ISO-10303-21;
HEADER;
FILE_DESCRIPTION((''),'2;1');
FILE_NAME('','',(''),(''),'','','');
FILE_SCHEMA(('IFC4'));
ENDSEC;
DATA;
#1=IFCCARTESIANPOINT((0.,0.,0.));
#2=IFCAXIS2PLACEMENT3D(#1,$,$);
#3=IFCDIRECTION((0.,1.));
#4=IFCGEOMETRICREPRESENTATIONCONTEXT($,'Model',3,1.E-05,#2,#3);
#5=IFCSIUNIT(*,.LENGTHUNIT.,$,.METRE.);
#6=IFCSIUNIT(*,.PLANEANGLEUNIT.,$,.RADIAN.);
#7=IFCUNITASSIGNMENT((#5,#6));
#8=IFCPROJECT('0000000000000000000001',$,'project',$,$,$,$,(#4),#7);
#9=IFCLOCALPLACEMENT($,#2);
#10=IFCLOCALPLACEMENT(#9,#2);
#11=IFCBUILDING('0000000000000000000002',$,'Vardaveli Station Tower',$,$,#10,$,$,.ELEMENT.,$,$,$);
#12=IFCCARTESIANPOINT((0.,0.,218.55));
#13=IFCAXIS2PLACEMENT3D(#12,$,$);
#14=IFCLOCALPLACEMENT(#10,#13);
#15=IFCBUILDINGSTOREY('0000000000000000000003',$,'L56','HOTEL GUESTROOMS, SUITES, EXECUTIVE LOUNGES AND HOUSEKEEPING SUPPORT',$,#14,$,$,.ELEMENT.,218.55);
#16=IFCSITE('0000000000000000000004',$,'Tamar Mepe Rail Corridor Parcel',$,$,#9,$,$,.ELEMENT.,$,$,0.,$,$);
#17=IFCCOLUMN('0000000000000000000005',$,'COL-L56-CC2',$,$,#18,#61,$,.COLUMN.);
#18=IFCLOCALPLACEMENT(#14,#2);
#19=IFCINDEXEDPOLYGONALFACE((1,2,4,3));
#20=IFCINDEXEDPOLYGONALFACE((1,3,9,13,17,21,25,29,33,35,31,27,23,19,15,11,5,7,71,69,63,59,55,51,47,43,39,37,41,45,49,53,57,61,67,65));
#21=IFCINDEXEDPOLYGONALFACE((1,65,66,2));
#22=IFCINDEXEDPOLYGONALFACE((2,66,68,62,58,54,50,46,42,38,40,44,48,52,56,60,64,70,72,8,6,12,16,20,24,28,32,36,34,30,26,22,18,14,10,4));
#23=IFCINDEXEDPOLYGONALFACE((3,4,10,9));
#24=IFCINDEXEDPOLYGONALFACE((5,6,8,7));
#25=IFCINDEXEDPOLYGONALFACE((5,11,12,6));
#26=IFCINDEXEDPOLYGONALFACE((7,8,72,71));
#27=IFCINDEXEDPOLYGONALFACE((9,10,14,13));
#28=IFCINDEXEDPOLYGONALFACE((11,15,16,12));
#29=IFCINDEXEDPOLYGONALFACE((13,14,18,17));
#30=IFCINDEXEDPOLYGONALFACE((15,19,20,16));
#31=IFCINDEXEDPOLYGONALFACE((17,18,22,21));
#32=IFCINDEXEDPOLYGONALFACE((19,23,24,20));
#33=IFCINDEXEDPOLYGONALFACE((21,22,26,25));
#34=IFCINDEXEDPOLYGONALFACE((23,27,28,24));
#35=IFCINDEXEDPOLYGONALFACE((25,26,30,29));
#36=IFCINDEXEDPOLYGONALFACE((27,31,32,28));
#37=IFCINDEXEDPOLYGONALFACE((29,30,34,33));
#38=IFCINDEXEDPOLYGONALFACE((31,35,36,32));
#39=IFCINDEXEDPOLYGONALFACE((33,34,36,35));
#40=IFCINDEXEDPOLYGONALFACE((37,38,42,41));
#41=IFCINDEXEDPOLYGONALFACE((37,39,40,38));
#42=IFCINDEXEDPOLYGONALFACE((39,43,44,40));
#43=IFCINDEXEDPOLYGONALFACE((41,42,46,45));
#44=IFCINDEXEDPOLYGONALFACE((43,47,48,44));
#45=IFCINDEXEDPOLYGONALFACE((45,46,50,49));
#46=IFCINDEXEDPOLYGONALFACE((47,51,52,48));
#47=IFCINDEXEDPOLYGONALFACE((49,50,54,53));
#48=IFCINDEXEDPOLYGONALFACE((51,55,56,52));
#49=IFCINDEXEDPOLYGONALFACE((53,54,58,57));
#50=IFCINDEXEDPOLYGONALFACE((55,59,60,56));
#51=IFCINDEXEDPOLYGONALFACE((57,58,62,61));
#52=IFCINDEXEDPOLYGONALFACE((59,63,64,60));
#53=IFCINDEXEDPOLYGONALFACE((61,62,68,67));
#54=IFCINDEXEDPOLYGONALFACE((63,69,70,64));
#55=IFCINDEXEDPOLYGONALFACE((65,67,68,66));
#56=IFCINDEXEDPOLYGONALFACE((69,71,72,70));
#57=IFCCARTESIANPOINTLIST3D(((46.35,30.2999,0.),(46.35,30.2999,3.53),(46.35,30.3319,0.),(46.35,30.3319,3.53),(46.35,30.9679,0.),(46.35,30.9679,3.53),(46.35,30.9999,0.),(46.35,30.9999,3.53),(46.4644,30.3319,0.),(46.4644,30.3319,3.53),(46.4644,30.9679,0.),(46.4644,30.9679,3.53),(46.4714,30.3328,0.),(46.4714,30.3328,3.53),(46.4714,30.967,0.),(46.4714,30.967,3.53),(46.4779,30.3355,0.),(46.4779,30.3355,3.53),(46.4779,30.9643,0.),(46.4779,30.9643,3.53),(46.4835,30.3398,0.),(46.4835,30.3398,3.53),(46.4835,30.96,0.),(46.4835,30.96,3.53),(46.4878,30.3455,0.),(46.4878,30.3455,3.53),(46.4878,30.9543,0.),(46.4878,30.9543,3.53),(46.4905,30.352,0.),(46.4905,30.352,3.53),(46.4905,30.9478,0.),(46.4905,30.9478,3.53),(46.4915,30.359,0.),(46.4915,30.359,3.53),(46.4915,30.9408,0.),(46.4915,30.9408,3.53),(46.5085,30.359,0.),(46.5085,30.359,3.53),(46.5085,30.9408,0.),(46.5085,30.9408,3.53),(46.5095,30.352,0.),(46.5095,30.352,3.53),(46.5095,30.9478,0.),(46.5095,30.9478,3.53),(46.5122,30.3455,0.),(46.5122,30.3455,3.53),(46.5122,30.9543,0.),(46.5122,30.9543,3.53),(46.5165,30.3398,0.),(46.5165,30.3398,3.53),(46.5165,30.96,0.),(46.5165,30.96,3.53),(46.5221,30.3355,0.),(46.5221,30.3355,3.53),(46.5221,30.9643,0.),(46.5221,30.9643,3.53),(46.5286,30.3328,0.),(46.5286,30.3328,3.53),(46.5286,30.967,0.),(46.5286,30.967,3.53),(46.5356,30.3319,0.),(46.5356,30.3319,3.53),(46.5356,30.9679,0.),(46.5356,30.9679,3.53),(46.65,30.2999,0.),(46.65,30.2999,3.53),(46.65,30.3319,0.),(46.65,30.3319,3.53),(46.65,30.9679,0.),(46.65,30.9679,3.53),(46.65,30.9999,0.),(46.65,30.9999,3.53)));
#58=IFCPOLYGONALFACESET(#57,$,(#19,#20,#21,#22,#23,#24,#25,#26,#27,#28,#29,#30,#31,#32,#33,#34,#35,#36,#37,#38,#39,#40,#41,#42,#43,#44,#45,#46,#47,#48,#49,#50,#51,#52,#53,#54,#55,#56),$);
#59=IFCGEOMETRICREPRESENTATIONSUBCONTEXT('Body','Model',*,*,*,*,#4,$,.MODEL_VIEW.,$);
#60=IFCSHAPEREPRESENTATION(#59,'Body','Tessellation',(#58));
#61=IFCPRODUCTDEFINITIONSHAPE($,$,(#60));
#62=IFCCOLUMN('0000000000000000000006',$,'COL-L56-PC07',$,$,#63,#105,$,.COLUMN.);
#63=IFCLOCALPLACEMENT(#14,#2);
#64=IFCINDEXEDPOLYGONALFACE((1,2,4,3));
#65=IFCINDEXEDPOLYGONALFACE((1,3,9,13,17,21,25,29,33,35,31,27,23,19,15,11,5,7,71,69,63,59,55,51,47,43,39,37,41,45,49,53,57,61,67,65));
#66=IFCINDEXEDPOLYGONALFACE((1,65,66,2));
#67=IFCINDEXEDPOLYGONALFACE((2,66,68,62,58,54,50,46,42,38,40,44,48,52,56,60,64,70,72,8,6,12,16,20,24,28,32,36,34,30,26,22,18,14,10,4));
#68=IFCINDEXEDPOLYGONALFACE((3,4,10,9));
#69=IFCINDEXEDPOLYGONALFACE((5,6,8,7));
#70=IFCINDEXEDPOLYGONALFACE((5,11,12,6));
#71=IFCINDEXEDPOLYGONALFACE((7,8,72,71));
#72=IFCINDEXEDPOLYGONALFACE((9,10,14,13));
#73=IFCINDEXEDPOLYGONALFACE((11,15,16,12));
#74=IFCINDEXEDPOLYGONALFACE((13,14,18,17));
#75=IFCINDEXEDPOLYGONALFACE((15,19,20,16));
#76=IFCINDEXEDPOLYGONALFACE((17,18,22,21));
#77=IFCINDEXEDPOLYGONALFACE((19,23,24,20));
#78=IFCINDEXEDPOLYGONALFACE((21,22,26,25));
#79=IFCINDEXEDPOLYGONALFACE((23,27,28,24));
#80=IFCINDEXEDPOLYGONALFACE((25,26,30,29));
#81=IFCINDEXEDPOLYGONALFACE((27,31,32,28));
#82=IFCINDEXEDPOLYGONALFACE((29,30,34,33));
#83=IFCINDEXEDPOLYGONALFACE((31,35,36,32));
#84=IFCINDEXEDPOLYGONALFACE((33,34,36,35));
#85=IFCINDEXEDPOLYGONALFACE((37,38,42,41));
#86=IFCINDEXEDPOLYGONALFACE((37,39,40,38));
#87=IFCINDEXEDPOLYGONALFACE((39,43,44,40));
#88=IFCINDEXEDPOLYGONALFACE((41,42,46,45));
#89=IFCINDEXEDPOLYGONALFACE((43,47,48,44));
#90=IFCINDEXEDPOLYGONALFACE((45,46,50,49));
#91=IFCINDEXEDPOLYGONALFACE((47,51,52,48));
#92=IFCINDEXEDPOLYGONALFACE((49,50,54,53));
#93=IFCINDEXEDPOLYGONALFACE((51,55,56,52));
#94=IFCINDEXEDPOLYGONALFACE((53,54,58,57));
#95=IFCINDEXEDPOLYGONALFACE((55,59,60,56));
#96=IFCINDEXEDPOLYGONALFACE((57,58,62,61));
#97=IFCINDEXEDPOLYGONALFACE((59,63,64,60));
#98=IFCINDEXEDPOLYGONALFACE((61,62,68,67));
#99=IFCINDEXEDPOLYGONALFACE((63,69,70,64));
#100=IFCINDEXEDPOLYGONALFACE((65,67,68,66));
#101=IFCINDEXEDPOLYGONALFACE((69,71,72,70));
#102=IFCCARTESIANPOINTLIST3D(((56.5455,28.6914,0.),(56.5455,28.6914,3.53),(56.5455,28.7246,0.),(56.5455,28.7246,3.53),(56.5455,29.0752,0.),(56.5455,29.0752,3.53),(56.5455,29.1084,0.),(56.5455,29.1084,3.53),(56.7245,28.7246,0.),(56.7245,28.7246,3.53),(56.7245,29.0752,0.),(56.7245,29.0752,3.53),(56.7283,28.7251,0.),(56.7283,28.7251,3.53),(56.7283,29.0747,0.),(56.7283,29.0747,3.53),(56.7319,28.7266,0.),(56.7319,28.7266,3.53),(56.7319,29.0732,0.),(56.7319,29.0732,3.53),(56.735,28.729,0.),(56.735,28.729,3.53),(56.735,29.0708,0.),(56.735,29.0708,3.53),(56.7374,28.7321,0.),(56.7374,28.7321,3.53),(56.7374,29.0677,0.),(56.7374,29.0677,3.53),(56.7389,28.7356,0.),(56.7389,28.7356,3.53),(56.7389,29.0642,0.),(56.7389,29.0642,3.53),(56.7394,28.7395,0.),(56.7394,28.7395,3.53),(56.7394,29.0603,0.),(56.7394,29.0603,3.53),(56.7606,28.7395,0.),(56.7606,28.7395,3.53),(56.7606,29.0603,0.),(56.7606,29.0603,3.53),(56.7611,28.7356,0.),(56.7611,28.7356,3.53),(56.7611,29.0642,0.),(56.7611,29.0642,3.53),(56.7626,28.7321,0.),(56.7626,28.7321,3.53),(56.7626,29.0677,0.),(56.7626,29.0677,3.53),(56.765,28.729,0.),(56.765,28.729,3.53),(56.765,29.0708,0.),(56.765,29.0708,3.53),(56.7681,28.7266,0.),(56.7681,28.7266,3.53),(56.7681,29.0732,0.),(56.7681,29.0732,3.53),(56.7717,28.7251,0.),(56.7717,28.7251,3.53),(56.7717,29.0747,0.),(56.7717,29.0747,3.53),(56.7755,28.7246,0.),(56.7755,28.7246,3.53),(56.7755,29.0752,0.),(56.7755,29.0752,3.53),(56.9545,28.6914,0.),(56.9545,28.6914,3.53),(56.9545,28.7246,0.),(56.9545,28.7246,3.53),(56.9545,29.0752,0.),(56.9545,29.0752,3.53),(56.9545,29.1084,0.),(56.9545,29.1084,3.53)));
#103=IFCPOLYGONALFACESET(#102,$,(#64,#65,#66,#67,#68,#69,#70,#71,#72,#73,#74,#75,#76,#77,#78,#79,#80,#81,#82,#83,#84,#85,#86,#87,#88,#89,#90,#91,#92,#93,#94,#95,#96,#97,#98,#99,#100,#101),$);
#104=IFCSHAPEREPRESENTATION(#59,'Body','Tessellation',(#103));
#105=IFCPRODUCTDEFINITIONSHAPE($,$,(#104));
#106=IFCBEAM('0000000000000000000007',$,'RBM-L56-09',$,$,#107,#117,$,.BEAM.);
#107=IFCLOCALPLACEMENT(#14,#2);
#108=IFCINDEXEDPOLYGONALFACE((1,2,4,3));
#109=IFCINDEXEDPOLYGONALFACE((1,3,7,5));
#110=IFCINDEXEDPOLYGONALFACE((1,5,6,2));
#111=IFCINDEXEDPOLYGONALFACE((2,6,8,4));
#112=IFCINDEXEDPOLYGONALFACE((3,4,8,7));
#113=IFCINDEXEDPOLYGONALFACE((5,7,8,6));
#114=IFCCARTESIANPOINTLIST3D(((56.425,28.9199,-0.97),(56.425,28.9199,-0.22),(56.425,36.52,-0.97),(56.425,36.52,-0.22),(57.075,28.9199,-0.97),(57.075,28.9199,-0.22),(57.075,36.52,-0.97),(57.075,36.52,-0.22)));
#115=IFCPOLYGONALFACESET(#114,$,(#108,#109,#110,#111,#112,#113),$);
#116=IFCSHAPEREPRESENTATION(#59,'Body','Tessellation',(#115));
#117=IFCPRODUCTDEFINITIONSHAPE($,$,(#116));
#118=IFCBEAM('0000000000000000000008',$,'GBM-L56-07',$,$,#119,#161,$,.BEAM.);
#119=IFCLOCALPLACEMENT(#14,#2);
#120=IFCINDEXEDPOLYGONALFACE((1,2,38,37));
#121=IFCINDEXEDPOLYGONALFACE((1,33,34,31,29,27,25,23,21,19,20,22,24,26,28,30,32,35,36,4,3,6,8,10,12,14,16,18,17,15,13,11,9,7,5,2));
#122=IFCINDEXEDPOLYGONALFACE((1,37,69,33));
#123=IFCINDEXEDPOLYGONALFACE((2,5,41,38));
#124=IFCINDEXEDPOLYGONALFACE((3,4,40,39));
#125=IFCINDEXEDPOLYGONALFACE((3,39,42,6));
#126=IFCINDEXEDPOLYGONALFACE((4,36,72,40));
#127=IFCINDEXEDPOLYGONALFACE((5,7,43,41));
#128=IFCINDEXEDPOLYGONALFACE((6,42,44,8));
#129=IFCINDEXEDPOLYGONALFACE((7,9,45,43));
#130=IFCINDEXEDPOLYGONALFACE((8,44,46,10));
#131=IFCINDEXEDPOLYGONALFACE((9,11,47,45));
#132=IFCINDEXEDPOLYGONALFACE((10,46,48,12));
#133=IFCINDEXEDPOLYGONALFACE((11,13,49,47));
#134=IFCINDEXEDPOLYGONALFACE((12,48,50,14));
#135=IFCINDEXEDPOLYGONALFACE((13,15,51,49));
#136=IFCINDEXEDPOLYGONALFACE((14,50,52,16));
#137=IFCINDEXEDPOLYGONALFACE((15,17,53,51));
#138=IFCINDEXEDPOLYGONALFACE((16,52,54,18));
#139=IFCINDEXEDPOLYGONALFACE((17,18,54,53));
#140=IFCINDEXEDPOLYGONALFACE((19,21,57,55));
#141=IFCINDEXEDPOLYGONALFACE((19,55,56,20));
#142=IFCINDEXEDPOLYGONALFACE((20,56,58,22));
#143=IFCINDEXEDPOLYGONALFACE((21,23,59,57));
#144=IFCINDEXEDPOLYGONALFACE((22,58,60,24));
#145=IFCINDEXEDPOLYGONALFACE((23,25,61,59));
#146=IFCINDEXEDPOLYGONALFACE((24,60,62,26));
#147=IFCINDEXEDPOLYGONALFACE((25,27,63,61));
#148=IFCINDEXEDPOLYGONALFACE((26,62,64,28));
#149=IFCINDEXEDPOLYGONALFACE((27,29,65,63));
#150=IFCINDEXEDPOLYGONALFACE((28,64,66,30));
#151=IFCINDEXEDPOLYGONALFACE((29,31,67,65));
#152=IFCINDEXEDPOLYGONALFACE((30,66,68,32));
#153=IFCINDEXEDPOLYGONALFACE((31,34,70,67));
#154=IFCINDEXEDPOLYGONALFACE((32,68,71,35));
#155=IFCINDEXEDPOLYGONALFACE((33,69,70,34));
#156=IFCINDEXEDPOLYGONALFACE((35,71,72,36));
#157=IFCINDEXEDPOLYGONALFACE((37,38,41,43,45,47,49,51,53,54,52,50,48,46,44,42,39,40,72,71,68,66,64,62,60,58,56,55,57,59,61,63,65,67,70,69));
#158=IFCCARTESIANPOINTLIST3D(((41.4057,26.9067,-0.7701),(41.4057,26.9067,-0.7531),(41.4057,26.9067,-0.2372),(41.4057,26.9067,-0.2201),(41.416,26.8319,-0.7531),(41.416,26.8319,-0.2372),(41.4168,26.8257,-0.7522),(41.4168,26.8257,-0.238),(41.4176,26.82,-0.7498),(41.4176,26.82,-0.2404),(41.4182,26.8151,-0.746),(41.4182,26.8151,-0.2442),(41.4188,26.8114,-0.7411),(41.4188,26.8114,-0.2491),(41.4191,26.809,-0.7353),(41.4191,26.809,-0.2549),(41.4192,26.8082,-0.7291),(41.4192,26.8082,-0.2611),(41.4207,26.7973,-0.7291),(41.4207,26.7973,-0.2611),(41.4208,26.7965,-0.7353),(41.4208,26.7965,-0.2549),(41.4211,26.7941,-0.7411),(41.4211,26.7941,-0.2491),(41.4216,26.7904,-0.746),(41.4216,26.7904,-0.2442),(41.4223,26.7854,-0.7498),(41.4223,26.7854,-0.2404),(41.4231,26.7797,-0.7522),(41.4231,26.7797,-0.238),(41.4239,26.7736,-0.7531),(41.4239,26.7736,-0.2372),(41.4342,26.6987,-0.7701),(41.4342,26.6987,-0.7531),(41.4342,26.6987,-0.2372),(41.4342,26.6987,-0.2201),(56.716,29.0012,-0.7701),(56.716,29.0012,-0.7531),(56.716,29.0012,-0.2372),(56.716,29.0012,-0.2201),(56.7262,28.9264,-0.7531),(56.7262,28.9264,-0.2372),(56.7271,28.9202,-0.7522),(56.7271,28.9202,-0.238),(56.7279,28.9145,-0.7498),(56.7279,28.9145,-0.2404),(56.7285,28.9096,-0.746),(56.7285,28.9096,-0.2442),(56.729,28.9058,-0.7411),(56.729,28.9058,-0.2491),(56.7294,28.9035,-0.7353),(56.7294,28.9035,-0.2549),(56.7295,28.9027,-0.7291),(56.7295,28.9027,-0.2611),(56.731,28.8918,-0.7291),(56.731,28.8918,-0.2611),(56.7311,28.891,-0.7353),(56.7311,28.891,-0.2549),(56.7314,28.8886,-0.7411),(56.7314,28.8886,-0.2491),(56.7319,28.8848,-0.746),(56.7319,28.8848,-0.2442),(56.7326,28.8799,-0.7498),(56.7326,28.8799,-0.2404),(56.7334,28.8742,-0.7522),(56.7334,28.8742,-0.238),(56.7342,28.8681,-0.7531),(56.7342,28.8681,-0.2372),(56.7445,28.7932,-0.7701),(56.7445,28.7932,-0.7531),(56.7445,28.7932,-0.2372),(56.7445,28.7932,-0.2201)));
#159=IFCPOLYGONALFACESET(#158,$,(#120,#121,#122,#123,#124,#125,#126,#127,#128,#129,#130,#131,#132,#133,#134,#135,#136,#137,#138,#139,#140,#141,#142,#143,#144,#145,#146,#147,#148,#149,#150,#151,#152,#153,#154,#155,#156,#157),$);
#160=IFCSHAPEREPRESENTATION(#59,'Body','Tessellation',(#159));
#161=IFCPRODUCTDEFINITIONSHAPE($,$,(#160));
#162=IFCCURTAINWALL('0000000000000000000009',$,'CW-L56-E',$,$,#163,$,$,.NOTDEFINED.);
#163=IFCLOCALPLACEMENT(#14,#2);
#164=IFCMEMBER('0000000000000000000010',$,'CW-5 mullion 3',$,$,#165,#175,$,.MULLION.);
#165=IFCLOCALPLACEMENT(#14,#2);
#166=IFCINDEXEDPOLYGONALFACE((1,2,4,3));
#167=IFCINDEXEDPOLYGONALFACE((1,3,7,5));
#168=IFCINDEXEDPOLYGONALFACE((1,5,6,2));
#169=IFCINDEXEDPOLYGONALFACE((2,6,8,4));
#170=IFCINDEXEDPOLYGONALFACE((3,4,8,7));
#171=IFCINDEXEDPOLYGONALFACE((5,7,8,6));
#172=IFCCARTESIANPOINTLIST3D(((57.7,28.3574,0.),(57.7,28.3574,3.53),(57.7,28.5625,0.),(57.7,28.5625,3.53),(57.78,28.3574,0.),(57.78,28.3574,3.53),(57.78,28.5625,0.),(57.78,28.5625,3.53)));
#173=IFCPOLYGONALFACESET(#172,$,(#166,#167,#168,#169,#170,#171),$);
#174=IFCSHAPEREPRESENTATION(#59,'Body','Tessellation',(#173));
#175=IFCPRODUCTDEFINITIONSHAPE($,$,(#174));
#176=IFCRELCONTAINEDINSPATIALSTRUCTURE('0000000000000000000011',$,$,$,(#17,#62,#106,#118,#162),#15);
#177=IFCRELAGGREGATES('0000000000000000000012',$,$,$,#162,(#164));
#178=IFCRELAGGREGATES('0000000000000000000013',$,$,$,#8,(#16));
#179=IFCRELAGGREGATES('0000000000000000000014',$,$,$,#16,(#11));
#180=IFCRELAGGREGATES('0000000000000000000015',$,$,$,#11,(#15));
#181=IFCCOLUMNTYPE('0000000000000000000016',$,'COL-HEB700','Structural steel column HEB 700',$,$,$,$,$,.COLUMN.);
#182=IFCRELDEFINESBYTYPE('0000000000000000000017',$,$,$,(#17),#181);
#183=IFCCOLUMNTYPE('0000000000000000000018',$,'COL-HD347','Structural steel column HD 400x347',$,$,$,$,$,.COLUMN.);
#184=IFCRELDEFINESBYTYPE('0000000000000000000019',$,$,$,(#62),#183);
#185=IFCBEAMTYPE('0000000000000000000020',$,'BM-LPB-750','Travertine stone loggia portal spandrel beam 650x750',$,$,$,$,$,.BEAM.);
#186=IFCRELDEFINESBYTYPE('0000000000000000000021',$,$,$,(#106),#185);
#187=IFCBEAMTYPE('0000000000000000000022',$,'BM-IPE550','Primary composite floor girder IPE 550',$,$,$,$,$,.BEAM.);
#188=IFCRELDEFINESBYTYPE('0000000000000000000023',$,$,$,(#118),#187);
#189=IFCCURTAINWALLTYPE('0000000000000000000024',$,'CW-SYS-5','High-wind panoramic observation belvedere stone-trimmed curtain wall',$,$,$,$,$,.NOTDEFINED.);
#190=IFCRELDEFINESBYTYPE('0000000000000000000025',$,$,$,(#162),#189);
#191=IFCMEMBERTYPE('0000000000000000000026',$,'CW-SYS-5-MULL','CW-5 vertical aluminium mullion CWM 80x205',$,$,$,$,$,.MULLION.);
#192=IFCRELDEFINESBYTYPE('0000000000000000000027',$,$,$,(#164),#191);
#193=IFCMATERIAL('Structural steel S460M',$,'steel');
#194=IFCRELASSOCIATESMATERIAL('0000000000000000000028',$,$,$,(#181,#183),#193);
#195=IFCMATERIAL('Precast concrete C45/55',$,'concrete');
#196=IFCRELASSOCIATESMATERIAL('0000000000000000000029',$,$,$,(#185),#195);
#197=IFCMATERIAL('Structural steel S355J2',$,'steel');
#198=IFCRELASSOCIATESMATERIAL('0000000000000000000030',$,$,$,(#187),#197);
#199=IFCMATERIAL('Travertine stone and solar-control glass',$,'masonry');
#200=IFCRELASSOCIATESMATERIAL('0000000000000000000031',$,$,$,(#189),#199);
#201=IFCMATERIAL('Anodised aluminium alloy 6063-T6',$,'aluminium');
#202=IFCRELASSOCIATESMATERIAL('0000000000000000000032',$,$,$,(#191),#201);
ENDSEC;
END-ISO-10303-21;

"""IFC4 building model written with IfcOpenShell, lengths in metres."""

from ifc_helpers import new_model, si_unit, direction, frame, origin, origin_2d, place, context, subcontext, project, spatial, rectangle, i_section, extrude, source, transform, mapped, material, material_profile, profile_set, type_object, element, aggregate, save


model = new_model("IFC4")

# Units and contexts
model_context = context("Model", 3, precision=1e-05, world=origin(), true_north=direction((0.0, 1.0)))
body_context = subcontext(model_context, "Body", "Model", "MODEL_VIEW")
ifc_project = project(units=[si_unit("LENGTHUNIT", "METRE"), si_unit("PLANEANGLEUNIT", "RADIAN")], contexts=[model_context])

# Site, building, storey
site_placement = place(None, origin())
site = spatial("IfcSite", under=ifc_project, at=site_placement, Name="Tamar Mepe Rail Corridor Parcel", CompositionType="ELEMENT", RefElevation=0.0)
building_placement = place(site_placement, origin())
building = spatial("IfcBuilding", under=site, at=building_placement, Name="Vardaveli Station Tower", CompositionType="ELEMENT")
storey_placement = place(building_placement, frame((0.0, 0.0, 218.55)))
storey = spatial("IfcBuildingStorey", under=building, at=storey_placement, Name="L56", Description="HOTEL GUESTROOMS, SUITES, EXECUTIVE LOUNGES AND HOUSEKEEPING SUPPORT", CompositionType="ELEMENT", Elevation=218.55)

# Columns
ifc_material_1 = material(Name="Structural steel S460M", Category="steel")
ifc_material_profile_1 = material_profile(ifc_material_1, i_section(OverallWidth=0.3, OverallDepth=0.7, WebThickness=0.0171, FlangeThickness=0.032, FilletRadius=0.0271, at=origin_2d()), Name="HEB 700")
ifc_profile_set_1 = profile_set([ifc_material_profile_1], Name="Structural steel S460M")
column_type_1 = type_object("IfcColumnType", Name="COL-HEB700", Description="Structural steel column HEB 700", PredefinedType="COLUMN", material=ifc_profile_set_1)
shared_shape_1 = source(origin(), body_context, "Body", "SweptSolid", [
    extrude(i_section(OverallWidth=0.3, OverallDepth=0.7, WebThickness=0.0171, FlangeThickness=0.032, FilletRadius=0.0271, at=origin_2d()), origin(), (0.0, 0.0, 1.0), 3.53),
])
column_1_placement = place(storey_placement, frame((46.5, 30.6499, 0.0), z_axis=(0.0, 0.0, 1.0), x_axis=(1.0, 0.0, 0.0)))
element("IfcColumn", 1, at=column_1_placement, inside=storey, type_object=column_type_1, Name="COL-L56-CC2", PredefinedType="COLUMN", context=body_context, shape_type="MappedRepresentation", body=[
    mapped(shared_shape_1, transform((0.0, 0.0, 0.0), scale=1.0)),
])
ifc_material_profile_2 = material_profile(ifc_material_1, i_section(OverallWidth=0.4089, OverallDepth=0.417, WebThickness=0.0212, FlangeThickness=0.0332, FilletRadius=0.0149, at=origin_2d()), Name="HD 400x347")
ifc_profile_set_2 = profile_set([ifc_material_profile_2], Name="Structural steel S460M")
column_type_2 = type_object("IfcColumnType", Name="COL-HD347", Description="Structural steel column HD 400x347", PredefinedType="COLUMN", material=ifc_profile_set_2)
shared_shape_2 = source(origin(), body_context, "Body", "SweptSolid", [
    extrude(i_section(OverallWidth=0.4089, OverallDepth=0.417, WebThickness=0.0212, FlangeThickness=0.0332, FilletRadius=0.0149, at=origin_2d()), origin(), (0.0, 0.0, 1.0), 3.53),
])
column_2_placement = place(storey_placement, frame((56.75, 28.8999, 0.0), z_axis=(0.0, 0.0, 1.0), x_axis=(1.0, 0.0, 0.0)))
element("IfcColumn", 2, at=column_2_placement, inside=storey, type_object=column_type_2, Name="COL-L56-PC07", PredefinedType="COLUMN", context=body_context, shape_type="MappedRepresentation", body=[
    mapped(shared_shape_2, transform((0.0, 0.0, 0.0), scale=1.0)),
])

# Beams
ifc_material_2 = material(Name="Precast concrete C45/55", Category="concrete")
ifc_material_profile_3 = material_profile(ifc_material_2, rectangle(XDim=0.6499, YDim=0.75, at=origin_2d()), Name="LPB 650x750")
ifc_profile_set_3 = profile_set([ifc_material_profile_3], Name="Precast concrete C45/55")
beam_type_1 = type_object("IfcBeamType", Name="BM-LPB-750", Description="Travertine stone loggia portal spandrel beam 650x750", PredefinedType="BEAM", material=ifc_profile_set_3)
shared_shape_3 = source(origin(), body_context, "Body", "SweptSolid", [
    extrude(rectangle(XDim=0.6499, YDim=0.75, at=origin_2d()), origin(), (0.0, 0.0, 1.0), 7.6001),
])
beam_1_placement = place(storey_placement, frame((56.75, 28.9199, -0.595), z_axis=(0.0, 1.0, 0.0), x_axis=(-1.0, 0.0, 0.0)))
element("IfcBeam", 3, at=beam_1_placement, inside=storey, type_object=beam_type_1, Name="RBM-L56-09", PredefinedType="BEAM", context=body_context, shape_type="MappedRepresentation", body=[
    mapped(shared_shape_3, transform((0.0, 0.0, 0.0), scale=1.0)),
])
ifc_material_3 = material(Name="Structural steel S355J2", Category="steel")
ifc_material_profile_4 = material_profile(ifc_material_3, i_section(OverallWidth=0.21, OverallDepth=0.55, WebThickness=0.011, FlangeThickness=0.0171, FilletRadius=0.0239, at=origin_2d()), Name="IPE 550")
ifc_profile_set_4 = profile_set([ifc_material_profile_4], Name="Structural steel S355J2")
beam_type_2 = type_object("IfcBeamType", Name="BM-IPE550", Description="Primary composite floor girder IPE 550", PredefinedType="BEAM", material=ifc_profile_set_4)
shared_shape_4 = source(origin(), body_context, "Body", "SweptSolid", [
    extrude(i_section(OverallWidth=0.21, OverallDepth=0.55, WebThickness=0.011, FlangeThickness=0.0171, FilletRadius=0.0239, at=origin_2d()), origin(), (0.0, 0.0, 1.0), 15.4529),
])
beam_2_placement = place(storey_placement, frame((56.7302, 28.8972, -0.4951), z_axis=(-0.990772, -0.13554, 0.0), x_axis=(0.13554, -0.990772, 0.0)))
element("IfcBeam", 4, at=beam_2_placement, inside=storey, type_object=beam_type_2, Name="GBM-L56-07", PredefinedType="BEAM", context=body_context, shape_type="MappedRepresentation", body=[
    mapped(shared_shape_4, transform((0.0, 0.0, 0.0), scale=1.0)),
])

# Curtain wall, member
ifc_material_4 = material(Name="Travertine stone and solar-control glass", Category="masonry")
curtain_wall_type = type_object("IfcCurtainWallType", Name="CW-SYS-5", Description="High-wind panoramic observation belvedere stone-trimmed curtain wall", PredefinedType="NOTDEFINED", material=ifc_material_4)
curtain_wall_placement = place(storey_placement, origin())
curtain_wall = element("IfcCurtainWall", 5, at=curtain_wall_placement, inside=storey, type_object=curtain_wall_type, Name="CW-L56-E", PredefinedType="NOTDEFINED")
ifc_material_5 = material(Name="Anodised aluminium alloy 6063-T6", Category="aluminium")
ifc_material_profile_5 = material_profile(ifc_material_5, rectangle(XDim=0.0801, YDim=0.2051, at=origin_2d()), Name="CWM 80x205")
ifc_profile_set_5 = profile_set([ifc_material_profile_5], Name="Anodised aluminium alloy 6063-T6")
member_type = type_object("IfcMemberType", Name="CW-SYS-5-MULL", Description="CW-5 vertical aluminium mullion CWM 80x205", PredefinedType="MULLION", material=ifc_profile_set_5)
shared_shape_5 = source(origin(), body_context, "Body", "SweptSolid", [
    extrude(rectangle(XDim=0.0801, YDim=0.2051, at=origin_2d()), origin(), (0.0, 0.0, 1.0), 3.53),
])
member_placement = place(storey_placement, frame((57.74, 28.46, 0.0), z_axis=(0.0, 0.0, 1.0), x_axis=(-1.0, 0.0, 0.0)))
member = element("IfcMember", 6, at=member_placement, type_object=member_type, Name="CW-5 mullion 3", PredefinedType="MULLION", context=body_context, shape_type="MappedRepresentation", body=[
    mapped(shared_shape_5, transform((0.0, 0.0, 0.0), scale=1.0)),
])
aggregate(curtain_wall, [member])

save(model, "model.ifc")
